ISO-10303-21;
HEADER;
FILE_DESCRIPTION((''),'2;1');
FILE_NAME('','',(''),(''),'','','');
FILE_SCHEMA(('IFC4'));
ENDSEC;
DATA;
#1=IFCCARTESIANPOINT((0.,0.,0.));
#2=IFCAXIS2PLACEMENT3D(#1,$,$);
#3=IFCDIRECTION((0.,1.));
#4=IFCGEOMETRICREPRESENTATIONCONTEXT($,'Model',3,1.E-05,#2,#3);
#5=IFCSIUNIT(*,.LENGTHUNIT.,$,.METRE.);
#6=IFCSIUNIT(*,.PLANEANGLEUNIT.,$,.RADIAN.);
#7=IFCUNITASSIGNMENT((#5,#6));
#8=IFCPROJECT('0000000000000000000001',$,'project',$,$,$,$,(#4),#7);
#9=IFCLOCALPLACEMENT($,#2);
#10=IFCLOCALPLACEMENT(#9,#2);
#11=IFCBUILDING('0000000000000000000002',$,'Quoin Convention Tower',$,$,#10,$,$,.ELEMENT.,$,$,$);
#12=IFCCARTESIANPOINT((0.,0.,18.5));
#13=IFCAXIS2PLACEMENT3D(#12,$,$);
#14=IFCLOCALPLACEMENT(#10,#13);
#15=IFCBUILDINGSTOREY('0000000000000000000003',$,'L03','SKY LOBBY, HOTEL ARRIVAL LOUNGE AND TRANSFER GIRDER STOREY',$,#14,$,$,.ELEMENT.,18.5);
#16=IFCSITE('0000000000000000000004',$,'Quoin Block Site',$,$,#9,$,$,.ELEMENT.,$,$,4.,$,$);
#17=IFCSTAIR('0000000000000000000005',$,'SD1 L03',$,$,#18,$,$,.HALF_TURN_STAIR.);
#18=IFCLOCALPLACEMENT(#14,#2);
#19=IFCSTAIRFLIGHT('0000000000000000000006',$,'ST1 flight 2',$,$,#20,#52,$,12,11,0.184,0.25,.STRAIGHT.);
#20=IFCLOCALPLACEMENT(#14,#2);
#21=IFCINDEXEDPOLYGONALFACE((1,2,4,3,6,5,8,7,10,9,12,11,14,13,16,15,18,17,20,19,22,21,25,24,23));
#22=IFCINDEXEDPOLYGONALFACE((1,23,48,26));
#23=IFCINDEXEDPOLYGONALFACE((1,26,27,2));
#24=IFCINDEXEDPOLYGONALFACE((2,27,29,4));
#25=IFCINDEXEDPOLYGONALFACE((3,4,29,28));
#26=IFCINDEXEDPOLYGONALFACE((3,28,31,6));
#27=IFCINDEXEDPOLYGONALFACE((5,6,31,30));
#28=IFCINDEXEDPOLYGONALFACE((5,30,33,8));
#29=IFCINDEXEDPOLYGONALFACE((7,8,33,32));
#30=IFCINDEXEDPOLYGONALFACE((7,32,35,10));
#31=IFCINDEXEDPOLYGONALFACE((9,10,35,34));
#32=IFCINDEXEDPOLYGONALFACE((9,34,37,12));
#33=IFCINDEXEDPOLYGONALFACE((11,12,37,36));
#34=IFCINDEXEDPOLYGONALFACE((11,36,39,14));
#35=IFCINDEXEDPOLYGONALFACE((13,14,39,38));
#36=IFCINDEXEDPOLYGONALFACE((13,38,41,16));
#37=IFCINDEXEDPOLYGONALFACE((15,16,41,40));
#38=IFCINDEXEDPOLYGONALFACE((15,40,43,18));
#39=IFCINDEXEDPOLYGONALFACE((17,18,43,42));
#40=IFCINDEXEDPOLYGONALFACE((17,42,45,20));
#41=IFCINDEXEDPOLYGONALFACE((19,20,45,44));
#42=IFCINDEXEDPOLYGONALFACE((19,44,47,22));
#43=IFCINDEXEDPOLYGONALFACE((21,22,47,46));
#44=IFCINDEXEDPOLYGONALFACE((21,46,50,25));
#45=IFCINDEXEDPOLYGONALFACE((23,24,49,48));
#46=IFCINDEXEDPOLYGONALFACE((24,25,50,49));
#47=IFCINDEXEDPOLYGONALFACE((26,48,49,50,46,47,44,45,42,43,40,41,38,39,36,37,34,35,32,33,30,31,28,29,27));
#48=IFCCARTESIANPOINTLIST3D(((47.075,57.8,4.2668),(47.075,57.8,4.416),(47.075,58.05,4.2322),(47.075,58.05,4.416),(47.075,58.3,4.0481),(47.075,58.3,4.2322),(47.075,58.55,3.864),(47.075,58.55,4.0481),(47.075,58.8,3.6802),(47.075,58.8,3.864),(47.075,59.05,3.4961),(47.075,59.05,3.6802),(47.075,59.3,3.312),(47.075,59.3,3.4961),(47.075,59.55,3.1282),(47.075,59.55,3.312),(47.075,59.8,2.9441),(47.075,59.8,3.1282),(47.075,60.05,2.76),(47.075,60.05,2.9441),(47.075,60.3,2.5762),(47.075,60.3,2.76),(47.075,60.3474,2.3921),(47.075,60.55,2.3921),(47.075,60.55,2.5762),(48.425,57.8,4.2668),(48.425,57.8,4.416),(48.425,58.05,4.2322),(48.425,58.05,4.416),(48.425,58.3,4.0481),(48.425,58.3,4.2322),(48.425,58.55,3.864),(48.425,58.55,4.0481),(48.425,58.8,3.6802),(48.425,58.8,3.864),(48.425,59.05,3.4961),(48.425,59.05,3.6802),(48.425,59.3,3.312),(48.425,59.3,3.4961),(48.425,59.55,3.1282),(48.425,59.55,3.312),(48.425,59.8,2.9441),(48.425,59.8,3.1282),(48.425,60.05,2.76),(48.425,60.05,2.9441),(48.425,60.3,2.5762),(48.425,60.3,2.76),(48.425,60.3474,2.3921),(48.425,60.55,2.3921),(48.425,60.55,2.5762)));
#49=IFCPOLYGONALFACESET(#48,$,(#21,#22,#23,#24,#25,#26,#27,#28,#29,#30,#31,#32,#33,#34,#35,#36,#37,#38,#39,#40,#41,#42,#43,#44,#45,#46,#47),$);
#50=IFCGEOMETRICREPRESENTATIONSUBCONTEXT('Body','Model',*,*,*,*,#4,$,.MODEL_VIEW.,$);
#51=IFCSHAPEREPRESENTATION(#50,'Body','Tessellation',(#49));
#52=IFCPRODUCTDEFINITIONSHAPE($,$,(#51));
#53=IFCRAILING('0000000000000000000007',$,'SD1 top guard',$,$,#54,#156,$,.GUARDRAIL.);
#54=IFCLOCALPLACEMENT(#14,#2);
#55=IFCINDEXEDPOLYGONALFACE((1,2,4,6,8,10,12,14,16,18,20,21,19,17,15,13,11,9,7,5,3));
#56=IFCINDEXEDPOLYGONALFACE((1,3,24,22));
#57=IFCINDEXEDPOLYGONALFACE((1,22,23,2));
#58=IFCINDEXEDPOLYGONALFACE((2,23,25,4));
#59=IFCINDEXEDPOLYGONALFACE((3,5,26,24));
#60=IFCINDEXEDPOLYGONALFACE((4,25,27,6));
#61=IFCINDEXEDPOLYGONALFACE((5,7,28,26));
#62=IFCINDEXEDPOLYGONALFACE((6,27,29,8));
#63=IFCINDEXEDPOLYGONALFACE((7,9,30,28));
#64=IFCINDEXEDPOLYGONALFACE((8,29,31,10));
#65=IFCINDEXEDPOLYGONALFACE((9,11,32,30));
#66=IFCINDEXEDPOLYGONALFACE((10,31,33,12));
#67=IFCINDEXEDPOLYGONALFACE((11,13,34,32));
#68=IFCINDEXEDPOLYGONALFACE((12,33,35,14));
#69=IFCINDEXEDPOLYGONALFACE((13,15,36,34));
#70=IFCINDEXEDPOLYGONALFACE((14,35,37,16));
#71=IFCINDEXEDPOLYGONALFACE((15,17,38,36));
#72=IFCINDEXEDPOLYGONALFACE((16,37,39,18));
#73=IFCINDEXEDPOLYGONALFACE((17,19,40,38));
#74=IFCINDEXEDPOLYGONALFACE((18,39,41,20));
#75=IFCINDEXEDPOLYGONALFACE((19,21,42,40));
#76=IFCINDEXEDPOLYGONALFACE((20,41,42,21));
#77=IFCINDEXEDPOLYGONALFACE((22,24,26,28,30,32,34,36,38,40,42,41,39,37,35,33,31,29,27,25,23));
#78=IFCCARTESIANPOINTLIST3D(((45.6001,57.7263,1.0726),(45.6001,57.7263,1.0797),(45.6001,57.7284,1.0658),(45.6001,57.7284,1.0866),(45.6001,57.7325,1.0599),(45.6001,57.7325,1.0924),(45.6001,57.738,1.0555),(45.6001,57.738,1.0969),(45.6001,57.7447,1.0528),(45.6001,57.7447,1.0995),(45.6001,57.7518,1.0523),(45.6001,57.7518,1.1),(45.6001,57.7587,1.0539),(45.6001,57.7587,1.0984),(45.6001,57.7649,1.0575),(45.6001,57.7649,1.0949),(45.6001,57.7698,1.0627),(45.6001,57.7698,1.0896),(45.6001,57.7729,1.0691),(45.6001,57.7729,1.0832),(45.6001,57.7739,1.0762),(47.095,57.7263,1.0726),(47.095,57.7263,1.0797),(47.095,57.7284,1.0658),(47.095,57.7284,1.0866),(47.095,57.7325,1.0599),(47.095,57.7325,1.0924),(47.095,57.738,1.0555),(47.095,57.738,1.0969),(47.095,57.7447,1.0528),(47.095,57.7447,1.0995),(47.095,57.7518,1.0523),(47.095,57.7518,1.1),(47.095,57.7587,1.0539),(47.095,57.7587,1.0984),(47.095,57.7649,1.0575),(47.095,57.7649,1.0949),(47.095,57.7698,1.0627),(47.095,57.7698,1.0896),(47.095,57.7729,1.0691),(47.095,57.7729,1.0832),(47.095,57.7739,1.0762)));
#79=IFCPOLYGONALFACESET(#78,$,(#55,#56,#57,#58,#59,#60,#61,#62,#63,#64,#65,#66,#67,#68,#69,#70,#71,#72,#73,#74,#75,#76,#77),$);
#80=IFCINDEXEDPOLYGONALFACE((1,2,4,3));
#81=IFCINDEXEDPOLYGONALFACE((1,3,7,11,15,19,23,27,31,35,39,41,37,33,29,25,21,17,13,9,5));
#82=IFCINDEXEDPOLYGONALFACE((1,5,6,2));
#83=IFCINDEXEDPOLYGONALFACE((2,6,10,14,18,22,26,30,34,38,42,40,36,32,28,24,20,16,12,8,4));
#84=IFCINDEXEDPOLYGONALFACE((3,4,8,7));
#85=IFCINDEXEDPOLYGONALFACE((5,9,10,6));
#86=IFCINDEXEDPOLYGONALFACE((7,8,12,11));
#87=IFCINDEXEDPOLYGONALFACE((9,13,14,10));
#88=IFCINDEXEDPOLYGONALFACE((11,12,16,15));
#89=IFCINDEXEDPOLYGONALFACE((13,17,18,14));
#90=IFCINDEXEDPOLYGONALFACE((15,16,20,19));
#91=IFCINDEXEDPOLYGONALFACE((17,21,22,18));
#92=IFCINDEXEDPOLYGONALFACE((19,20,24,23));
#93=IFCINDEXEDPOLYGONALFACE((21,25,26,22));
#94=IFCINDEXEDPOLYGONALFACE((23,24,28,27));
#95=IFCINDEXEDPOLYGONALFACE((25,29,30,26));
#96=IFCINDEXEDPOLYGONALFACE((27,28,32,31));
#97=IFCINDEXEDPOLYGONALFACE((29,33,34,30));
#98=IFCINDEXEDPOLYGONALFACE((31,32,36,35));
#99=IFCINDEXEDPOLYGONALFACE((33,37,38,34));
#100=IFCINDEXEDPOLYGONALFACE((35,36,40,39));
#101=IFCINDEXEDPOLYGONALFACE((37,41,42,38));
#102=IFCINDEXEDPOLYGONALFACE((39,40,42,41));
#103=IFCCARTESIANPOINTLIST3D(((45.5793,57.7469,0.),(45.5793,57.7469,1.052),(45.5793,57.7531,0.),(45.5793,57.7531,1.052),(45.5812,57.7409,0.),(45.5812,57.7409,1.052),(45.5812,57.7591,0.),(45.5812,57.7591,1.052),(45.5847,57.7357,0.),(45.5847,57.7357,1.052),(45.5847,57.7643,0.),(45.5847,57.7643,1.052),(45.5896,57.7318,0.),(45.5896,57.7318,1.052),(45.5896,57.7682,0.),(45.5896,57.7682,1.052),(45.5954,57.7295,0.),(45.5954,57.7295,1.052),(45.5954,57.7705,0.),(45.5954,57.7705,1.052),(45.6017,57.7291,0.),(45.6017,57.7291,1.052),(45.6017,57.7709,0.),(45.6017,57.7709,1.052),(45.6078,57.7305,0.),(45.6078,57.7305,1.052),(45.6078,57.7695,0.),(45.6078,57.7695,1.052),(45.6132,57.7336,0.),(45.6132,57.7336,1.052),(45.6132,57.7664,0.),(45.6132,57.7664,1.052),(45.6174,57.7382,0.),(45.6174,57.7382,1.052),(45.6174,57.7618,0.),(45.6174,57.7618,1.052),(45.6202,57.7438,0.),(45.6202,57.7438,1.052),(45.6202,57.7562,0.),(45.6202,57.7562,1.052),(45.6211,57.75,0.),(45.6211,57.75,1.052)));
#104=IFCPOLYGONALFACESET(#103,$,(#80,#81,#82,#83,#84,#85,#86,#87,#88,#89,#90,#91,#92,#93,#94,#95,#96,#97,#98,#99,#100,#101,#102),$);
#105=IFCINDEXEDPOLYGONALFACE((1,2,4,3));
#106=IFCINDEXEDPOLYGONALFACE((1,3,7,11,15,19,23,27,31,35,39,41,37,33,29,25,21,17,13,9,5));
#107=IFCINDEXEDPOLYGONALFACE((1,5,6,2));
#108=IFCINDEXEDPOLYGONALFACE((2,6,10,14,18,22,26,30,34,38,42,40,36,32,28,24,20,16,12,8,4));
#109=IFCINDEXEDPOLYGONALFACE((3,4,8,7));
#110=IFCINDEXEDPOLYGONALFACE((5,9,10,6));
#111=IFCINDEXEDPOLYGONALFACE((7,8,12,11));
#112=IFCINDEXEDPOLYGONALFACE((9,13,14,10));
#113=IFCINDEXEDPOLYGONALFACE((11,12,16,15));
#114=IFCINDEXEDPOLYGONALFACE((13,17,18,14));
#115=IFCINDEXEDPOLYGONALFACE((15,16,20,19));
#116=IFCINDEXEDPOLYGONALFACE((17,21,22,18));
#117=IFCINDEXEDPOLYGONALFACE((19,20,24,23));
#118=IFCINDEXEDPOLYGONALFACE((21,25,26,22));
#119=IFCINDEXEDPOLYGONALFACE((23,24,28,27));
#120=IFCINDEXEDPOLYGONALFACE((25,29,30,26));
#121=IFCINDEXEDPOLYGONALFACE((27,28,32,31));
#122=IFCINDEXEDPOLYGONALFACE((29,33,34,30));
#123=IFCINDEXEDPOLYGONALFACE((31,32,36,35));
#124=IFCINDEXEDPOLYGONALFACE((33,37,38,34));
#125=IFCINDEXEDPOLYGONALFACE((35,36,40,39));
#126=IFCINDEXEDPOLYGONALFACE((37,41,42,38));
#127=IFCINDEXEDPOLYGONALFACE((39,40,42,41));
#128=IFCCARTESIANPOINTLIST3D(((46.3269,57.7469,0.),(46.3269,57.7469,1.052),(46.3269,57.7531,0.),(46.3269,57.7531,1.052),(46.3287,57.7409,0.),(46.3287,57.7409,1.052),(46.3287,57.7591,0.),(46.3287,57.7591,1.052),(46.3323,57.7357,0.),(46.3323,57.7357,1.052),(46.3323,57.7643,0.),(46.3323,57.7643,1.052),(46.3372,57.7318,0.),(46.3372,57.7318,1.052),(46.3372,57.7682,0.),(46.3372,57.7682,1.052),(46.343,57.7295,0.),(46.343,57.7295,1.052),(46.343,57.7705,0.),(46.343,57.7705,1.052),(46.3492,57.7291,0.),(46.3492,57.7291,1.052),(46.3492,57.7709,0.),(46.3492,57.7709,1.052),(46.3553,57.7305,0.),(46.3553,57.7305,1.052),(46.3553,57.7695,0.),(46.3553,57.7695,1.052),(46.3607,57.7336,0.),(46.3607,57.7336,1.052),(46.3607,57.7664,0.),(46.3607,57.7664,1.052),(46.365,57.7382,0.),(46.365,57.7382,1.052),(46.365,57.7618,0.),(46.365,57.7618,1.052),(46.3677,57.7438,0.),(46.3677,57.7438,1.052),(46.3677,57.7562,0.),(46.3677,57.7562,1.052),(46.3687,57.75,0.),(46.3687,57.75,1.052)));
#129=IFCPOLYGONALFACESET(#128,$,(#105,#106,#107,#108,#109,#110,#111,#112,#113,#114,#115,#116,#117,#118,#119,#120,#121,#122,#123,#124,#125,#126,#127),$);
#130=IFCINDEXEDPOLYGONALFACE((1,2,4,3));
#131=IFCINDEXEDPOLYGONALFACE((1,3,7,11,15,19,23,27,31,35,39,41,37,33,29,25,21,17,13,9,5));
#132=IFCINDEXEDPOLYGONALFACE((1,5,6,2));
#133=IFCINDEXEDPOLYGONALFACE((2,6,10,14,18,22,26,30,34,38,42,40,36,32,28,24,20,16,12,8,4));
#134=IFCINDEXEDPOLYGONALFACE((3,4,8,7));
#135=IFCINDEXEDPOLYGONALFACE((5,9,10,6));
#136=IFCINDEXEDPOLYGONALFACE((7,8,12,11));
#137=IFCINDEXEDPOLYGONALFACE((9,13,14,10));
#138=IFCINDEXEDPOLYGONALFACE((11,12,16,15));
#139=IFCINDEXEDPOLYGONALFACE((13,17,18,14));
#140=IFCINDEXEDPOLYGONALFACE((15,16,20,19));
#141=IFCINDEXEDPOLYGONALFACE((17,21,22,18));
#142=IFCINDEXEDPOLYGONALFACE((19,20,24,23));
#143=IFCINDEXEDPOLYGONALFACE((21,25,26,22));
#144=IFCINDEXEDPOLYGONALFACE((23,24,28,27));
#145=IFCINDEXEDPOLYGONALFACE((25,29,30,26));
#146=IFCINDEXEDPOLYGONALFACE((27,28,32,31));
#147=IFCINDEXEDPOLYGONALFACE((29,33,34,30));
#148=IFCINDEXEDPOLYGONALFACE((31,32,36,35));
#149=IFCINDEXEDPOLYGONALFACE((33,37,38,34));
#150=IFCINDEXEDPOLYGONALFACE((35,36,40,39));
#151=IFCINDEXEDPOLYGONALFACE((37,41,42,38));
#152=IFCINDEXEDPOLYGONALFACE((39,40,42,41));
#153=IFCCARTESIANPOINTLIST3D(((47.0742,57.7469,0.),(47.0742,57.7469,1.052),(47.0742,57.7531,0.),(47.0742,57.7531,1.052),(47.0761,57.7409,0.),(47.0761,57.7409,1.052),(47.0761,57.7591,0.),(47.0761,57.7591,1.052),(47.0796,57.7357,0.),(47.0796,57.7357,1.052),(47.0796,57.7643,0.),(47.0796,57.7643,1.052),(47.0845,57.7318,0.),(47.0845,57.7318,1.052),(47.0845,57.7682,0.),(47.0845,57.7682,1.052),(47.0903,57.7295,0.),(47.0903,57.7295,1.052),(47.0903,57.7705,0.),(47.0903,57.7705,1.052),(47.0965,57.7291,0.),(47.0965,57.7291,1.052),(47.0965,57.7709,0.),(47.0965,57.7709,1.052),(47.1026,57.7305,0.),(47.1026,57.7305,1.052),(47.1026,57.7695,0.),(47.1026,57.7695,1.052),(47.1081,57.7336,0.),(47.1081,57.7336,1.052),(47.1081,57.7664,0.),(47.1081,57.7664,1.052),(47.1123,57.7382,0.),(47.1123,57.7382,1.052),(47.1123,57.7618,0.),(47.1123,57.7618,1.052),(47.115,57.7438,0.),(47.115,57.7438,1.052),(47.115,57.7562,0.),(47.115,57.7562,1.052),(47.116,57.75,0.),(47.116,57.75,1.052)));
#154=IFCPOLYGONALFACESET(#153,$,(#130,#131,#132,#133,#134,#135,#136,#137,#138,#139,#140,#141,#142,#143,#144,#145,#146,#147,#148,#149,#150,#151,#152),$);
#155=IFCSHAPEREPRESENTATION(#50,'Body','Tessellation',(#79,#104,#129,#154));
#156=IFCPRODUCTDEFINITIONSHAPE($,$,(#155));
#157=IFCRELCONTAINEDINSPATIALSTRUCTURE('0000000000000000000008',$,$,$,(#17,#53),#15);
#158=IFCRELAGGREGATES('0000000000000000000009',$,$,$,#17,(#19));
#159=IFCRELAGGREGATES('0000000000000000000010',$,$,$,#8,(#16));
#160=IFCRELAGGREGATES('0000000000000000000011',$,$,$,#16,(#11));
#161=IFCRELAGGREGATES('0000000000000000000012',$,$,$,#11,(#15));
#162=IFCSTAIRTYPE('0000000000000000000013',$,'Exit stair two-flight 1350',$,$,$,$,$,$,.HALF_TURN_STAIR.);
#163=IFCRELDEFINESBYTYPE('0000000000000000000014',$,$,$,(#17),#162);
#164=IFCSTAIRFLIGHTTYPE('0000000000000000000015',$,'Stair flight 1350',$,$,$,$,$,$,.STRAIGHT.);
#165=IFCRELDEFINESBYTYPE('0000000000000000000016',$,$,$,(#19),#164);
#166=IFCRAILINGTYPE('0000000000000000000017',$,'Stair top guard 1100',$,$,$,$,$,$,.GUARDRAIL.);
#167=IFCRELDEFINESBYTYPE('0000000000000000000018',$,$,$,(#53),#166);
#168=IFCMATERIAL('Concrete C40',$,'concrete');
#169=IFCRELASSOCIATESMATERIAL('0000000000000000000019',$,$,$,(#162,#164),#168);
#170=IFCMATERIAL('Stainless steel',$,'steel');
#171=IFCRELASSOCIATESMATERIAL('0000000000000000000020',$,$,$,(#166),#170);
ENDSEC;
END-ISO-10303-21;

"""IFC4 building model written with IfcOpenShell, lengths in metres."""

from ifc_helpers import new_model, si_unit, direction, frame, origin, origin_2d, place, context, subcontext, project, spatial, polyline, circle, outline, extrude, material, type_object, element, aggregate, save


model = new_model("IFC4")

# Units and contexts
model_context = context("Model", 3, precision=1e-05, world=origin(), true_north=direction((0.0, 1.0)))
body_context = subcontext(model_context, "Body", "Model", "MODEL_VIEW")
ifc_project = project(units=[si_unit("LENGTHUNIT", "METRE"), si_unit("PLANEANGLEUNIT", "RADIAN")], contexts=[model_context])

# Site, building, storey
site_placement = place(None, origin())
site = spatial("IfcSite", under=ifc_project, at=site_placement, Name="Quoin Block Site", CompositionType="ELEMENT", RefElevation=4.0)
building_placement = place(site_placement, origin())
building = spatial("IfcBuilding", under=site, at=building_placement, Name="Quoin Convention Tower", CompositionType="ELEMENT")
storey_placement = place(building_placement, frame((0.0, 0.0, 18.5)))
storey = spatial("IfcBuildingStorey", under=building, at=storey_placement, Name="L03", Description="SKY LOBBY, HOTEL ARRIVAL LOUNGE AND TRANSFER GIRDER STOREY", CompositionType="ELEMENT", Elevation=18.5)

# Stair, stair flight
ifc_material_1 = material(Name="Concrete C40", Category="concrete")
stair_type = type_object("IfcStairType", Name="Exit stair two-flight 1350", PredefinedType="HALF_TURN_STAIR", material=ifc_material_1)
stair_placement = place(storey_placement, origin())
stair = element("IfcStair", 1, at=stair_placement, inside=storey, type_object=stair_type, Name="SD1 L03", PredefinedType="HALF_TURN_STAIR")
stair_flight_type = type_object("IfcStairFlightType", Name="Stair flight 1350", PredefinedType="STRAIGHT", material=ifc_material_1)
stair_flight_1_placement = place(storey_placement, frame((47.75, 60.55, 2.3921), z_axis=(0.0, 0.0, 1.0), x_axis=(0.0, -1.0, 0.0)))
stair_flight_1 = element("IfcStairFlight", 2, at=stair_flight_1_placement, type_object=stair_flight_type, Name="ST1 flight 2", NumberOfRisers=12, NumberOfTreads=11, PredefinedType="STRAIGHT", RiserHeight=0.184, TreadLength=0.25, context=body_context, shape_type="SweptSolid", body=[
    extrude(outline(polyline([(0.0, 0.0), (0.0, 0.1841), (0.25, 0.1841), (0.25, 0.3679), (0.5, 0.3679), (0.5, 0.552), (0.75, 0.552), (0.75, 0.7361), (1.0, 0.7361), (1.0, 0.9199), (1.25, 0.9199), (1.25, 1.104), (1.5, 1.104), (1.5, 1.2881), (1.75, 1.2881), (1.75, 1.4719), (2.0, 1.4719), (2.0, 1.656), (2.25, 1.656), (2.25, 1.8401), (2.5, 1.8401), (2.5, 2.0239), (2.75, 2.0239), (2.75, 2.208), (2.75, 1.8748), (0.2026, 0.0), (0.0, 0.0)])), frame((0.0, 0.675, 0.0), z_axis=(0.0, -1.0, 0.0), x_axis=(1.0, 0.0, 0.0)), (0.0, 0.0, 1.0), 1.3501),
])
aggregate(stair, [stair_flight_1])

# Railing
ifc_material_2 = material(Name="Stainless steel", Category="steel")
railing_type_1 = type_object("IfcRailingType", Name="Stair top guard 1100", PredefinedType="GUARDRAIL", material=ifc_material_2)
railing_1_placement = place(storey_placement, frame((45.6001, 57.75, 0.0)))
element("IfcRailing", 3, at=railing_1_placement, inside=storey, type_object=railing_type_1, Name="SD1 top guard", PredefinedType="GUARDRAIL", context=body_context, shape_type="SweptSolid", body=[
    extrude(circle(Radius=0.0239, at=origin_2d()), frame((0.0, 0.0, 1.0762), z_axis=(1.0, 0.0, 0.0), x_axis=(0.0, 1.0, 0.0)), (0.0, 0.0, 1.0), 1.4949),
    extrude(circle(Radius=0.021, at=origin_2d()), origin(), (0.0, 0.0, 1.0), 1.052),
    extrude(circle(Radius=0.021, at=origin_2d()), frame((0.7476, 0.0, 0.0)), (0.0, 0.0, 1.0), 1.052),
    extrude(circle(Radius=0.021, at=origin_2d()), frame((1.4949, 0.0, 0.0)), (0.0, 0.0, 1.0), 1.052),
])

save(model, "model.ifc")
